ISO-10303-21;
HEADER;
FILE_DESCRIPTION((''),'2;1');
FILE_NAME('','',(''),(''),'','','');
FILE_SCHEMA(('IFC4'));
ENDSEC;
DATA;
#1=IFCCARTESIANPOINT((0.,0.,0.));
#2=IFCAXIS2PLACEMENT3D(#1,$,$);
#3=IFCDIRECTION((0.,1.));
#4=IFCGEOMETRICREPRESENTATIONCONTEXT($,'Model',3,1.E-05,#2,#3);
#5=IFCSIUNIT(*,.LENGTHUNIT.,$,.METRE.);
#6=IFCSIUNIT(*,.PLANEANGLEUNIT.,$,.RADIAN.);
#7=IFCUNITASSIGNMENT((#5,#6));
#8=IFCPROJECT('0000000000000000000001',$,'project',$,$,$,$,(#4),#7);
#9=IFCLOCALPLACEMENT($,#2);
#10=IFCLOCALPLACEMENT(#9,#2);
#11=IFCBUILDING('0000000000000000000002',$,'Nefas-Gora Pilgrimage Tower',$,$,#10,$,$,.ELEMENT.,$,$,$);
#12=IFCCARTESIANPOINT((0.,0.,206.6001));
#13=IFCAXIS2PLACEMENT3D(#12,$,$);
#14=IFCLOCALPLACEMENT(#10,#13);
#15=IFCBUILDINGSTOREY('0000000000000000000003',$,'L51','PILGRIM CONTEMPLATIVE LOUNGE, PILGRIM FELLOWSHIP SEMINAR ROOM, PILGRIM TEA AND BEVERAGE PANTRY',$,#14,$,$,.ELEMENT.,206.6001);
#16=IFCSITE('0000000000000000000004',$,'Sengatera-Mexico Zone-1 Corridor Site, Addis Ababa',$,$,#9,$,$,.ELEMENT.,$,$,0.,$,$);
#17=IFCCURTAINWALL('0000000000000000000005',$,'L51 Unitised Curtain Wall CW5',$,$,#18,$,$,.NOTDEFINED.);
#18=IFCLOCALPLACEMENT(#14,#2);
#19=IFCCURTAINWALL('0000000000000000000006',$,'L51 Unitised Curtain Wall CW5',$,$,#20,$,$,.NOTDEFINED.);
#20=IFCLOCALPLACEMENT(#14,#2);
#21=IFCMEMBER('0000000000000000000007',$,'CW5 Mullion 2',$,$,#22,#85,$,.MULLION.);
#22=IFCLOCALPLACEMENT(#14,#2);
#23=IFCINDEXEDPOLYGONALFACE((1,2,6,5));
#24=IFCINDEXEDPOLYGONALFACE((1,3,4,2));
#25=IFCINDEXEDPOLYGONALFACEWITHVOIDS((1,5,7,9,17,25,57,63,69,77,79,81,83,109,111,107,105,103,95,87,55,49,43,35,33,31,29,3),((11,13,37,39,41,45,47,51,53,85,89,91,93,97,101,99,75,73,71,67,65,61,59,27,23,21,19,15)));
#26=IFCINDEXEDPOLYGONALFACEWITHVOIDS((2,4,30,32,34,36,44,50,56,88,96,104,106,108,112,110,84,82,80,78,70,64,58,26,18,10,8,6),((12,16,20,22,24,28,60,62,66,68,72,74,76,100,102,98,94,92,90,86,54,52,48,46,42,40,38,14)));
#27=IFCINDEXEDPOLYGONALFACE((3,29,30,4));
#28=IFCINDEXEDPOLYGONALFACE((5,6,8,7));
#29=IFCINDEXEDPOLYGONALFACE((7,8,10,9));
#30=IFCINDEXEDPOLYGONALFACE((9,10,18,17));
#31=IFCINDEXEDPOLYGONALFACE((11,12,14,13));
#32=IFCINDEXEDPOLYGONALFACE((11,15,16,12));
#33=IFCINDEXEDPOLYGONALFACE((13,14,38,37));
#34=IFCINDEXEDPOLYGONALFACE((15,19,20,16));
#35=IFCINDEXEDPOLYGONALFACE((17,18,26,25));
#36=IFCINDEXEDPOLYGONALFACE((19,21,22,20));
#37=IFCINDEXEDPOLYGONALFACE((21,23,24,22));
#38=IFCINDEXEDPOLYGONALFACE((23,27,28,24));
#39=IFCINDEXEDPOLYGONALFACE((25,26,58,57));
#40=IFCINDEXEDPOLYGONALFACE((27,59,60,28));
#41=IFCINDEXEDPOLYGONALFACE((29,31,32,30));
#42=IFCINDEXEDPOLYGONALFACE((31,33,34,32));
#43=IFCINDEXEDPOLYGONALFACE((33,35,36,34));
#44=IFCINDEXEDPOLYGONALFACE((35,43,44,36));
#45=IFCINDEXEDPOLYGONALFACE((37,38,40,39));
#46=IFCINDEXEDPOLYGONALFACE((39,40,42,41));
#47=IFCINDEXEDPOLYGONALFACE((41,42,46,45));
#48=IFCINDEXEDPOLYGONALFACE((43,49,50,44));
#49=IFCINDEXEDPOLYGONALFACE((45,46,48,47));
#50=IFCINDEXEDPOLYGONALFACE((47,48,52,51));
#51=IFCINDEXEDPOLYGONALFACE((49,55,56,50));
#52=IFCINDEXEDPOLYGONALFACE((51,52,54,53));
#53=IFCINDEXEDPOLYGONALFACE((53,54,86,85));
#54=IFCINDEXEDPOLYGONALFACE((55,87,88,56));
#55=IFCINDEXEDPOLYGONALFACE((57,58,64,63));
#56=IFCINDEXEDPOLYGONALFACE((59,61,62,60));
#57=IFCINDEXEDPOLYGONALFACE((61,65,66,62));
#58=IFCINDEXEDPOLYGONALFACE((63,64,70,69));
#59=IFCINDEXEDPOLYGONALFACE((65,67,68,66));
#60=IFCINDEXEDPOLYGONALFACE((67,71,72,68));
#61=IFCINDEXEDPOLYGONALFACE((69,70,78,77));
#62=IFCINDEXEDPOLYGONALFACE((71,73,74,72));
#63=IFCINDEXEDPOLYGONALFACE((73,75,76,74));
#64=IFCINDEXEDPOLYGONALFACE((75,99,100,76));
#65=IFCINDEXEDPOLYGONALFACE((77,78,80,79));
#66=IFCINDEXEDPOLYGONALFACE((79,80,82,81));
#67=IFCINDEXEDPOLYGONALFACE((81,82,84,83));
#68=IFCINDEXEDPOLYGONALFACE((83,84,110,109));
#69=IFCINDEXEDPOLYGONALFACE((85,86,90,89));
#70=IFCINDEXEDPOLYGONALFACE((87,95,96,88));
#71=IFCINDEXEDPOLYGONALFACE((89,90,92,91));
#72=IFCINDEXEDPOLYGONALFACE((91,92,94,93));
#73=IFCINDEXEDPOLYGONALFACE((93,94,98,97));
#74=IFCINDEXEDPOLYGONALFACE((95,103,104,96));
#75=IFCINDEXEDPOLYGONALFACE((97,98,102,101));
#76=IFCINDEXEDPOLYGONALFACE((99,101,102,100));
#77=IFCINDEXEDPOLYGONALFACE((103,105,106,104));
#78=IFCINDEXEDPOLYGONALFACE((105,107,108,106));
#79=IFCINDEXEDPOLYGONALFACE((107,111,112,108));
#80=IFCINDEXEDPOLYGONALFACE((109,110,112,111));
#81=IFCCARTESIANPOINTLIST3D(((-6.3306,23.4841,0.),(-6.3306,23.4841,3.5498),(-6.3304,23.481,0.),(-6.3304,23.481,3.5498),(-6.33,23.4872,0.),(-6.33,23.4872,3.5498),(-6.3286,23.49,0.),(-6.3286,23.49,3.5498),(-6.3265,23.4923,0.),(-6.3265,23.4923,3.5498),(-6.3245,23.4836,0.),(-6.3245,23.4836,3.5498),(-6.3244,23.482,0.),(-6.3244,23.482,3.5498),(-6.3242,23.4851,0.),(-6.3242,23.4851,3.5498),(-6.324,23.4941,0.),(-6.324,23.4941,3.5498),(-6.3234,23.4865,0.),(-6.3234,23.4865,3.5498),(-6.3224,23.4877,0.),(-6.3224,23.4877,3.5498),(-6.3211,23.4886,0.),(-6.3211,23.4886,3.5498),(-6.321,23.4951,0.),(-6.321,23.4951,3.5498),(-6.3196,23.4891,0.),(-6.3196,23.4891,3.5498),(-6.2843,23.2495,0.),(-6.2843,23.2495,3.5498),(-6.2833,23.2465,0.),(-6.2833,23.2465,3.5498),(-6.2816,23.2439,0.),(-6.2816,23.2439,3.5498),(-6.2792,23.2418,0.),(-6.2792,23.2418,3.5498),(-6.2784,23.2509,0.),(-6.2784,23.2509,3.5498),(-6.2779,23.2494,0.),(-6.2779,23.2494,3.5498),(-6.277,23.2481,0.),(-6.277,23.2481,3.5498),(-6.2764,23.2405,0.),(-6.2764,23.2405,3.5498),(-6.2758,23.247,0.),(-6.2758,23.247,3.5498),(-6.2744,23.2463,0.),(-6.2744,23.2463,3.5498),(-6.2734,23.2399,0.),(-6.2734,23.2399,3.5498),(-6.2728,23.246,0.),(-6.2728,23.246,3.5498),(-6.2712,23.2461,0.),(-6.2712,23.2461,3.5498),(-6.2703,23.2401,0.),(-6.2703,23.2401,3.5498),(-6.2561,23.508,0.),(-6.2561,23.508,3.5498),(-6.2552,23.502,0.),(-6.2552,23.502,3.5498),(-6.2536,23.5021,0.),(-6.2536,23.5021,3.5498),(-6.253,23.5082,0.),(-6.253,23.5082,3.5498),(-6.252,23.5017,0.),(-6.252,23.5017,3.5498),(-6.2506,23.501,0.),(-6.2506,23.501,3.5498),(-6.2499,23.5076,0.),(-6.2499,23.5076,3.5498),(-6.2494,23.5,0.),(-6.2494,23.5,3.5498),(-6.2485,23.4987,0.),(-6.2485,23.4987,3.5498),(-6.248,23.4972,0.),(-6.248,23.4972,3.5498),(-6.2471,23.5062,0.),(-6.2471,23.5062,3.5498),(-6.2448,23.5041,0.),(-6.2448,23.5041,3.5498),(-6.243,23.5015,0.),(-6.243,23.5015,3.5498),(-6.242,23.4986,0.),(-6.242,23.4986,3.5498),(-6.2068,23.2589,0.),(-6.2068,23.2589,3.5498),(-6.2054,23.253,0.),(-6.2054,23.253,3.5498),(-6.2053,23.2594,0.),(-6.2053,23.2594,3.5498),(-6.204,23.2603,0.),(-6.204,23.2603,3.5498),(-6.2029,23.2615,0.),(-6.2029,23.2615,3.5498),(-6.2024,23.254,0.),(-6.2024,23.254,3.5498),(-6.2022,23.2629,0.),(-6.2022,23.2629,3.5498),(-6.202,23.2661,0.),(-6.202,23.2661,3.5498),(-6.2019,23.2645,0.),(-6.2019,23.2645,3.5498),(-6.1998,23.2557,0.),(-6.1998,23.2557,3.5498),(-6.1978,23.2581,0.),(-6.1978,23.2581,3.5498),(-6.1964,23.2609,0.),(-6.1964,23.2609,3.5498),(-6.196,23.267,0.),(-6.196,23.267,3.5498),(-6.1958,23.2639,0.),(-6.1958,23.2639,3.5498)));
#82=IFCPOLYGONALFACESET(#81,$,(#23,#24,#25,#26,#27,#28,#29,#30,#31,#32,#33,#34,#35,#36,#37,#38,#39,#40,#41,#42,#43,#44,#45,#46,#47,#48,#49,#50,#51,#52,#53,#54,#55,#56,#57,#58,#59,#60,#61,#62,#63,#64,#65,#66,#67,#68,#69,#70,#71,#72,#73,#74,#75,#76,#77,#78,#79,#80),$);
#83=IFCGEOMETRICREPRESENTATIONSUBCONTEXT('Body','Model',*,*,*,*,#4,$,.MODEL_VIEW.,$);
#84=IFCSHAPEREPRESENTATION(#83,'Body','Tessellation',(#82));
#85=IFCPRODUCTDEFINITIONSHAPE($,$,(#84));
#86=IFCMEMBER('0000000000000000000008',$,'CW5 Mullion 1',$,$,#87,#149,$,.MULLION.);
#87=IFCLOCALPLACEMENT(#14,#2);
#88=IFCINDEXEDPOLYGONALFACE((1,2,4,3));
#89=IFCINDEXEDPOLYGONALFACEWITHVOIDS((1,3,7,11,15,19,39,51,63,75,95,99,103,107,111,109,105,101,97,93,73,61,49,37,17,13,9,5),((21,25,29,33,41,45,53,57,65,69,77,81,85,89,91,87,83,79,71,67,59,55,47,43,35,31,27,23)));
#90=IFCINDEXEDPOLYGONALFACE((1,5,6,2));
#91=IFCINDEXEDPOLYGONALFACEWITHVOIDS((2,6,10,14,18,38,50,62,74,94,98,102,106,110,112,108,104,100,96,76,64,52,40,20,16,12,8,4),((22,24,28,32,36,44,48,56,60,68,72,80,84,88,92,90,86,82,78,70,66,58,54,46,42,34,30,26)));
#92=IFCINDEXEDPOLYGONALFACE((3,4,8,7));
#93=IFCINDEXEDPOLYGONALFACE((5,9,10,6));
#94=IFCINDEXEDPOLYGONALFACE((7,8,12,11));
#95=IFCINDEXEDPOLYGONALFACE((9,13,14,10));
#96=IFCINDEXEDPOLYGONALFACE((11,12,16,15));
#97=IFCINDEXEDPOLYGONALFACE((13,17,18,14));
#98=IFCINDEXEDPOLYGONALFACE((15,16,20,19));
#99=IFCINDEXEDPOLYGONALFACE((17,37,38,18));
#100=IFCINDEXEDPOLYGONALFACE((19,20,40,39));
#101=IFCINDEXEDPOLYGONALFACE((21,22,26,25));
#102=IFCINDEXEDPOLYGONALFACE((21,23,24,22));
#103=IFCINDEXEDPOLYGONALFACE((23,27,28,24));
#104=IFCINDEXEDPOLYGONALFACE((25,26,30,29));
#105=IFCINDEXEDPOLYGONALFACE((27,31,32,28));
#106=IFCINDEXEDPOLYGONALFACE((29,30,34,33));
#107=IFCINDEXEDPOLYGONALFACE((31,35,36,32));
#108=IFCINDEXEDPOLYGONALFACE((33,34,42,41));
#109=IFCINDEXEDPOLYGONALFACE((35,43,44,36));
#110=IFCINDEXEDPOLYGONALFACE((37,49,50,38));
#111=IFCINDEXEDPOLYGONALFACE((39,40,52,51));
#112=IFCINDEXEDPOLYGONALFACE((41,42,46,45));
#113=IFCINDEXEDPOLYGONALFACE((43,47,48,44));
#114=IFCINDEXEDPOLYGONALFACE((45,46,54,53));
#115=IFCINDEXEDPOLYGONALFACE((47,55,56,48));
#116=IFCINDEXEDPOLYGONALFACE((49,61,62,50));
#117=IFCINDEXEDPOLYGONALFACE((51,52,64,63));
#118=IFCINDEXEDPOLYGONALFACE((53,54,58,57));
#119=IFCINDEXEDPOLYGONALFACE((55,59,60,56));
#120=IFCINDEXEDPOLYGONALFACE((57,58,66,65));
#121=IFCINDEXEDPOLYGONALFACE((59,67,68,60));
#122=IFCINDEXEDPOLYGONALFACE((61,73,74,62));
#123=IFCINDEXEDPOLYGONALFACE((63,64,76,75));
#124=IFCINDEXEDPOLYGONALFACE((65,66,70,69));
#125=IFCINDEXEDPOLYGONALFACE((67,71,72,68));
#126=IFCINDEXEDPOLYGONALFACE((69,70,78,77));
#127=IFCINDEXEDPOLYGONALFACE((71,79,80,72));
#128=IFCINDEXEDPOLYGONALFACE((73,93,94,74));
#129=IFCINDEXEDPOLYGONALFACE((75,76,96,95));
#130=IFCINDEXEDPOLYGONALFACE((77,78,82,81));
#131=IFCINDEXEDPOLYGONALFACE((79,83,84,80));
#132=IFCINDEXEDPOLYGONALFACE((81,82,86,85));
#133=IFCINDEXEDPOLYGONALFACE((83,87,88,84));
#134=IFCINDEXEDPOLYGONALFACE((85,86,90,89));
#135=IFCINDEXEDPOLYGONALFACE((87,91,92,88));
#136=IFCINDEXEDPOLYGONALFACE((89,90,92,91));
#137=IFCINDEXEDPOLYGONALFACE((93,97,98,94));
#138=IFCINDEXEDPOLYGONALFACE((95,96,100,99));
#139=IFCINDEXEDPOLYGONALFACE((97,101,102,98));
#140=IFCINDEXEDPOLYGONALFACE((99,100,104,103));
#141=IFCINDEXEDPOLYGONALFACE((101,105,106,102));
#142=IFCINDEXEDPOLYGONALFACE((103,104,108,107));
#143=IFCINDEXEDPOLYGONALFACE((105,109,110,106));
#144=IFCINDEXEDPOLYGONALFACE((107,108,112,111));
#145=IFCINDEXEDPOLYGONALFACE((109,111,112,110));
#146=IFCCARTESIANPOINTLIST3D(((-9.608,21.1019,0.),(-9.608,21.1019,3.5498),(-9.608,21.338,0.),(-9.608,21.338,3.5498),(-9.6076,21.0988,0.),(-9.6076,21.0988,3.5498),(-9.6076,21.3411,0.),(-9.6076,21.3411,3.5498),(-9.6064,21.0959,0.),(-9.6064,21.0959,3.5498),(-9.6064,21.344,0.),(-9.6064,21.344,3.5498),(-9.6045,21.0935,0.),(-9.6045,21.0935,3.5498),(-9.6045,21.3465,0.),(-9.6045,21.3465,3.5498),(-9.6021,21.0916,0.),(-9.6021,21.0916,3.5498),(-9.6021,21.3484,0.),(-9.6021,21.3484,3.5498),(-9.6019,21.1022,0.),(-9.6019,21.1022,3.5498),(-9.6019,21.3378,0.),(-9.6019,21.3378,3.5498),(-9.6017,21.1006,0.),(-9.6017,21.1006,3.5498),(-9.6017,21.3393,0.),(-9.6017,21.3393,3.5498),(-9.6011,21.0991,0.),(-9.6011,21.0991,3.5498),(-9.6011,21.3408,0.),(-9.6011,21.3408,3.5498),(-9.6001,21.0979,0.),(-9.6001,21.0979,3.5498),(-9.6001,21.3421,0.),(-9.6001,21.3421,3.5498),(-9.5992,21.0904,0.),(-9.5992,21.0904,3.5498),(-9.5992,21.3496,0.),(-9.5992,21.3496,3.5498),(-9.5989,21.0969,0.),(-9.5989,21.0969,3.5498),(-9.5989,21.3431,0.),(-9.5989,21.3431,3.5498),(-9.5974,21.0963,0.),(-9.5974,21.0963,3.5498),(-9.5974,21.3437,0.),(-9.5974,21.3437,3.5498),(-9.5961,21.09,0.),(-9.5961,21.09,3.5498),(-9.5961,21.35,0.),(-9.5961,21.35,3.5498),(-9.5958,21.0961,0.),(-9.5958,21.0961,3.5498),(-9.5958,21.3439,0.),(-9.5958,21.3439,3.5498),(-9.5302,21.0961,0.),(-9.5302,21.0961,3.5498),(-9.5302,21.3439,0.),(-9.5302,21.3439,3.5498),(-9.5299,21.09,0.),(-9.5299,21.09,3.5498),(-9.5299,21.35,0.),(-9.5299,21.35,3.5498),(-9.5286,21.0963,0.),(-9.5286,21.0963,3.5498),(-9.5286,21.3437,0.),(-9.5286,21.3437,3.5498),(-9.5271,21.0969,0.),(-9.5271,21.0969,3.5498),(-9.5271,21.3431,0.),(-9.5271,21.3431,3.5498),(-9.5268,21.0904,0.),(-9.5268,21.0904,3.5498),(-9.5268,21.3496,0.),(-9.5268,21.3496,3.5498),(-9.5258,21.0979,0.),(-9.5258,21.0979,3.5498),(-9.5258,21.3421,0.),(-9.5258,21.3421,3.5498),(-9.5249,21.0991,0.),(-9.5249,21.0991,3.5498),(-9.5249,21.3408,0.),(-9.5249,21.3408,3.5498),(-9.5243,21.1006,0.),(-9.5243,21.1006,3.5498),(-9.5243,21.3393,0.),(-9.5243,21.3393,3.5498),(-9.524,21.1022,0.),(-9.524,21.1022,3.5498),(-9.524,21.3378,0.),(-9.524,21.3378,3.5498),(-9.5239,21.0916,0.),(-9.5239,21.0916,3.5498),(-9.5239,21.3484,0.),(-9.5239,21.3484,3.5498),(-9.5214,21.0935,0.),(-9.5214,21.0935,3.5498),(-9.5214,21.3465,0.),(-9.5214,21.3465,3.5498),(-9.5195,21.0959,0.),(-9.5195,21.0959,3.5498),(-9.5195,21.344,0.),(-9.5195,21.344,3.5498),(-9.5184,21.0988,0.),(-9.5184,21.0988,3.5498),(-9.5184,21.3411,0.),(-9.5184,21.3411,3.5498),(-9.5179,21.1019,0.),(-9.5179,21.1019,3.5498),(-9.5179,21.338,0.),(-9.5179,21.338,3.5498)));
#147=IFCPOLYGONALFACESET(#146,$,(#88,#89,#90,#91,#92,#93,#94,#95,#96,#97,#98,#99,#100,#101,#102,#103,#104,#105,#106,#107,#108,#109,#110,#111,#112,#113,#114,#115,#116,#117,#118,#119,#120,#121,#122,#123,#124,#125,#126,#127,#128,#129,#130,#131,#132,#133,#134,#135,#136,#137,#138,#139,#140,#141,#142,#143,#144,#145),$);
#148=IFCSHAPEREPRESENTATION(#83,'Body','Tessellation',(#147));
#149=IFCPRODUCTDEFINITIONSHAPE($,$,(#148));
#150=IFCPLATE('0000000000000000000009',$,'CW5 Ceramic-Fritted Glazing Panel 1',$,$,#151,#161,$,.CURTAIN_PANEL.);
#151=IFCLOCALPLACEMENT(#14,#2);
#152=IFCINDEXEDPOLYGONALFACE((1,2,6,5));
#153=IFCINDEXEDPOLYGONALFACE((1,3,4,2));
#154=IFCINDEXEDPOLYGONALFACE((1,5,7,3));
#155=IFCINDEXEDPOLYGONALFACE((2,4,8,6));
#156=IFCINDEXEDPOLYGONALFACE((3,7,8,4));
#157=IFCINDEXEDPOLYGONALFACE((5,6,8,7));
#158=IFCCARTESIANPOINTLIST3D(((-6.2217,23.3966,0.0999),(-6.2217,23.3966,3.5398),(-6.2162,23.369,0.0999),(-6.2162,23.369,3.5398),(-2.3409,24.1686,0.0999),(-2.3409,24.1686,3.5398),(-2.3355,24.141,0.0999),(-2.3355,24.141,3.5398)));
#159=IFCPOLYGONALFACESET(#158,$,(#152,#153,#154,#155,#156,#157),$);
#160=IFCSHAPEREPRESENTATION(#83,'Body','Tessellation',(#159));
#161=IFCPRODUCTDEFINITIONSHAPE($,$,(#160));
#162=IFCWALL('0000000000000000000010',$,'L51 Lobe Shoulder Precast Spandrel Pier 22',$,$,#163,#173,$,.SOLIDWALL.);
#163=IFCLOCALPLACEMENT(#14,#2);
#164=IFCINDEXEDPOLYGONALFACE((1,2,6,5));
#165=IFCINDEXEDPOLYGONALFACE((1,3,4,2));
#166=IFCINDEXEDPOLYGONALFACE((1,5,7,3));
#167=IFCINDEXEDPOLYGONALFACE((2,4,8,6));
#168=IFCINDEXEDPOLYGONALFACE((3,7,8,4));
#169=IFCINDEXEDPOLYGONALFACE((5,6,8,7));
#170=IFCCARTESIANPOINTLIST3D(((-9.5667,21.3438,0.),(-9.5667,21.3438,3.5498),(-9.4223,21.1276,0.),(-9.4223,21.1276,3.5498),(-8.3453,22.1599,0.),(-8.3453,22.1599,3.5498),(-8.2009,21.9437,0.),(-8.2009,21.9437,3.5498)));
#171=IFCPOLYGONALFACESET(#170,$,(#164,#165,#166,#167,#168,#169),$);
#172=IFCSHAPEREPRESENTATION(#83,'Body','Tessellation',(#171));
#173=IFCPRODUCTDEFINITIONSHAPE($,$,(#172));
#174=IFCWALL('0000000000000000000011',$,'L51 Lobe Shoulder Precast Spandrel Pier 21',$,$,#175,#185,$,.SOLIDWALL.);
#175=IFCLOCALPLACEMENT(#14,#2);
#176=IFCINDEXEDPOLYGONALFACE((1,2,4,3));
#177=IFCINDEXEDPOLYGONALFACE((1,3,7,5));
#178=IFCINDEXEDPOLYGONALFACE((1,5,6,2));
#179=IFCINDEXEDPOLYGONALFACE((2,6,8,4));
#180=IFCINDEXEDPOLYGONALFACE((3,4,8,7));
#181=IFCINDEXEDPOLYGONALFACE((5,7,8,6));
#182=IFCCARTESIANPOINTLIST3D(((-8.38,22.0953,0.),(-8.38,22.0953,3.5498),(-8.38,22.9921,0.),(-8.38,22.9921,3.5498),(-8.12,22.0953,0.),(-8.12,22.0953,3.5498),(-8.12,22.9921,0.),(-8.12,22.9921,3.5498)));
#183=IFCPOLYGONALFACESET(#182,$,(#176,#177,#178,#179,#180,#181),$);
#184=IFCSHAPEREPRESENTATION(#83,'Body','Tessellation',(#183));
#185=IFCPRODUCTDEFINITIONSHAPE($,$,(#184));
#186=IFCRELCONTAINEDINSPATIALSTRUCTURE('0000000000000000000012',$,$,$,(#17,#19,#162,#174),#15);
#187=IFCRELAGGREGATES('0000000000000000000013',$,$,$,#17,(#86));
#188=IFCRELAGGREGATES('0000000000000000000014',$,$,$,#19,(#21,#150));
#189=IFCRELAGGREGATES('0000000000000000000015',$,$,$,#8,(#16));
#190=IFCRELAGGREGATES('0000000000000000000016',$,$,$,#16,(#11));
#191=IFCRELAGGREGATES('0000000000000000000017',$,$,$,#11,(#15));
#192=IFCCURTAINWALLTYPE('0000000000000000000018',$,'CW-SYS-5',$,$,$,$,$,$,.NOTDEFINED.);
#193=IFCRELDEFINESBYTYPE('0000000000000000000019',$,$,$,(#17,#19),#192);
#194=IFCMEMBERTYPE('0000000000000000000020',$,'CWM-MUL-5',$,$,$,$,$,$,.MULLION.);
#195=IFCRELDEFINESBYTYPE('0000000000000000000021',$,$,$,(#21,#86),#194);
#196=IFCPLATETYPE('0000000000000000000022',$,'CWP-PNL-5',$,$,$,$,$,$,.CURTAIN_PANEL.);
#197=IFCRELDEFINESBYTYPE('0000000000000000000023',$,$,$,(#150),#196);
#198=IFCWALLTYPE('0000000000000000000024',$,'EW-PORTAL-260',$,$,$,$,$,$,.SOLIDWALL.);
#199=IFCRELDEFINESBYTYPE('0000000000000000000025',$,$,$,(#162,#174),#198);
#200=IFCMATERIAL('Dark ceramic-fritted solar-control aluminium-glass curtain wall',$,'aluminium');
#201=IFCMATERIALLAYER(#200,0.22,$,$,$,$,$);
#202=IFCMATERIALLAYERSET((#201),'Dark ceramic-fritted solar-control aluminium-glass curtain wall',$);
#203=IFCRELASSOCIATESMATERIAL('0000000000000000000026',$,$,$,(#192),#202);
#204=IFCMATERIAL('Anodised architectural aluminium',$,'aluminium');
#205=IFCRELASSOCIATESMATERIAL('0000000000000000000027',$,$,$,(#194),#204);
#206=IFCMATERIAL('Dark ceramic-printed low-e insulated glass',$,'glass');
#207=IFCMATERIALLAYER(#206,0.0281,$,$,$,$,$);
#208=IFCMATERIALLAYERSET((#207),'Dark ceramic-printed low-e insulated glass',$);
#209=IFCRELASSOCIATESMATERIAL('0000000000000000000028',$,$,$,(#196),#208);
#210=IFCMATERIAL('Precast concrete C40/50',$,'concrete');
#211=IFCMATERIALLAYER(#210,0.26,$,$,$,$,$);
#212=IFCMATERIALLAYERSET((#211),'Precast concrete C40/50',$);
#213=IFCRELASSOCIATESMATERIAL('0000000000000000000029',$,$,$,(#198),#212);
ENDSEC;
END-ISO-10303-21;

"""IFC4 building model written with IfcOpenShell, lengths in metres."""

from ifc_helpers import new_model, si_unit, direction, frame, frame_2d, origin, origin_2d, place, context, subcontext, project, spatial, rectangle, hollow_rectangle, extrude, source, transform, mapped, material, layer, layer_set, material_profile, profile_set, type_object, element, aggregate, save


model = new_model("IFC4")

# Units and contexts
model_context = context("Model", 3, precision=1e-05, world=origin(), true_north=direction((0.0, 1.0)))
body_context = subcontext(model_context, "Body", "Model", "MODEL_VIEW")
ifc_project = project(units=[si_unit("LENGTHUNIT", "METRE"), si_unit("PLANEANGLEUNIT", "RADIAN")], contexts=[model_context])

# Site, building, storey
site_placement = place(None, origin())
site = spatial("IfcSite", under=ifc_project, at=site_placement, Name="Sengatera-Mexico Zone-1 Corridor Site, Addis Ababa", CompositionType="ELEMENT", RefElevation=0.0)
building_placement = place(site_placement, origin())
building = spatial("IfcBuilding", under=site, at=building_placement, Name="Nefas-Gora Pilgrimage Tower", CompositionType="ELEMENT")
storey_placement = place(building_placement, frame((0.0, 0.0, 206.6001)))
storey = spatial("IfcBuildingStorey", under=building, at=storey_placement, Name="L51", Description="PILGRIM CONTEMPLATIVE LOUNGE, PILGRIM FELLOWSHIP SEMINAR ROOM, PILGRIM TEA AND BEVERAGE PANTRY", CompositionType="ELEMENT", Elevation=206.6001)

# Curtain walls
ifc_material_1 = material(Name="Dark ceramic-fritted solar-control aluminium-glass curtain wall", Category="aluminium")
ifc_layer_1 = layer(ifc_material_1, 0.22)
ifc_layer_set_1 = layer_set([ifc_layer_1], Name="Dark ceramic-fritted solar-control aluminium-glass curtain wall")
curtain_wall_type = type_object("IfcCurtainWallType", Name="CW-SYS-5", PredefinedType="NOTDEFINED", material=ifc_layer_set_1)
curtain_wall_1_placement = place(storey_placement, origin())
curtain_wall_1 = element("IfcCurtainWall", 1, at=curtain_wall_1_placement, inside=storey, type_object=curtain_wall_type, Name="L51 Unitised Curtain Wall CW5", PredefinedType="NOTDEFINED")
ifc_material_2 = material(Name="Anodised architectural aluminium", Category="aluminium")
curtain_wall_2_placement = place(storey_placement, origin())
curtain_wall_2 = element("IfcCurtainWall", 2, at=curtain_wall_2_placement, inside=storey, type_object=curtain_wall_type, Name="L51 Unitised Curtain Wall CW5", PredefinedType="NOTDEFINED")
ifc_material_profile_1 = material_profile(ifc_material_2, hollow_rectangle(XDim=0.0901, YDim=0.26, WallThickness=0.0061, InnerFilletRadius=0.0061, OuterFilletRadius=0.012, at=origin_2d()), Name="ALU MULLION 90x260")
ifc_profile_set_1 = profile_set([ifc_material_profile_1], Name="Anodised architectural aluminium")
member_type_1 = type_object("IfcMemberType", Name="CWM-MUL-5", PredefinedType="MULLION", material=ifc_profile_set_1)
shared_shape_1 = source(origin(), body_context, "Body", "SweptSolid", [
    extrude(hollow_rectangle(XDim=0.0901, YDim=0.26, WallThickness=0.0061, InnerFilletRadius=0.0061, OuterFilletRadius=0.012, at=origin_2d()), origin(), (0.0, 0.0, 1.0), 3.5498),
])

# Members
member_1_placement = place(storey_placement, frame((-6.2632, 23.374, 0.0), z_axis=(0.0, 0.0, 1.0), x_axis=(-0.980783, -0.195102, 0.0)))
member_1 = element("IfcMember", 3, at=member_1_placement, type_object=member_type_1, Name="CW5 Mullion 2", PredefinedType="MULLION", context=body_context, shape_type="MappedRepresentation", body=[
    mapped(shared_shape_1, transform((0.0, 0.0, 0.0), x_axis=(1.0, 0.0, 0.0), y_axis=(0.0, 1.0, 0.0), z_axis=(0.0, 0.0, 1.0), scale=1.0)),
])
member_2_placement = place(storey_placement, frame((-9.563, 21.22, 0.0), z_axis=(0.0, 0.0, 1.0), x_axis=(-1.0, 0.0, 0.0)))
member_2 = element("IfcMember", 4, at=member_2_placement, type_object=member_type_1, Name="CW5 Mullion 1", PredefinedType="MULLION", context=body_context, shape_type="MappedRepresentation", body=[
    mapped(shared_shape_1, transform((0.0, 0.0, 0.0), x_axis=(1.0, 0.0, 0.0), y_axis=(0.0, 1.0, 0.0), z_axis=(0.0, 0.0, 1.0), scale=1.0)),
])
aggregate(curtain_wall_1, [member_2])

# Plate
ifc_material_3 = material(Name="Dark ceramic-printed low-e insulated glass", Category="glass")
ifc_layer_2 = layer(ifc_material_3, 0.0281)
ifc_layer_set_2 = layer_set([ifc_layer_2], Name="Dark ceramic-printed low-e insulated glass")
plate_type = type_object("IfcPlateType", Name="CWP-PNL-5", PredefinedType="CURTAIN_PANEL", material=ifc_layer_set_2)
shared_shape_2 = source(origin(), body_context, "Body", "SweptSolid", [
    extrude(rectangle(XDim=3.9568, YDim=0.0281, at=origin_2d()), origin(), (0.0, 0.0, 1.0), 3.4399),
])
plate_placement = place(storey_placement, frame((-4.2786, 23.7688, 0.0999), z_axis=(0.0, 0.0, 1.0), x_axis=(-0.980783, -0.195102, 0.0)))
plate = element("IfcPlate", 5, at=plate_placement, type_object=plate_type, Name="CW5 Ceramic-Fritted Glazing Panel 1", PredefinedType="CURTAIN_PANEL", context=body_context, shape_type="MappedRepresentation", body=[
    mapped(shared_shape_2, transform((0.0, 0.0, 0.0), x_axis=(1.0, 0.0, 0.0), y_axis=(0.0, 1.0, 0.0), z_axis=(0.0, 0.0, 1.0), scale=1.0)),
])
aggregate(curtain_wall_2, [member_1, plate])

# Walls
ifc_material_4 = material(Name="Precast concrete C40/50", Category="concrete")
ifc_layer_3 = layer(ifc_material_4, 0.26)
ifc_layer_set_3 = layer_set([ifc_layer_3], Name="Precast concrete C40/50")
wall_type_1 = type_object("IfcWallType", Name="EW-PORTAL-260", PredefinedType="SOLIDWALL", material=ifc_layer_set_3)
shared_shape_3 = source(origin(), body_context, "Body", "SweptSolid", [
    extrude(rectangle(XDim=1.469, YDim=0.26, at=frame_2d((0.7344, 0.0))), origin(), (0.0, 0.0, 1.0), 3.5498),
])
wall_1_placement = place(storey_placement, frame((-8.2732, 22.0518, 0.0), z_axis=(0.0, 0.0, 1.0), x_axis=(-0.831462, -0.555582, 0.0)))
element("IfcWall", 6, at=wall_1_placement, inside=storey, type_object=wall_type_1, Name="L51 Lobe Shoulder Precast Spandrel Pier 22", PredefinedType="SOLIDWALL", context=body_context, shape_type="MappedRepresentation", body=[
    mapped(shared_shape_3, transform((0.0, 0.0, 0.0), x_axis=(1.0, 0.0, 0.0), y_axis=(0.0, 1.0, 0.0), z_axis=(0.0, 0.0, 1.0), scale=1.0)),
])
shared_shape_4 = source(origin(), body_context, "Body", "SweptSolid", [
    extrude(rectangle(XDim=0.8967, YDim=0.26, at=frame_2d((0.4482, 0.0))), origin(), (0.0, 0.0, 1.0), 3.5498),
])
wall_2_placement = place(storey_placement, frame((-8.25, 22.9919, 0.0), z_axis=(0.0, 0.0, 1.0), x_axis=(0.0, -1.0, 0.0)))
element("IfcWall", 7, at=wall_2_placement, inside=storey, type_object=wall_type_1, Name="L51 Lobe Shoulder Precast Spandrel Pier 21", PredefinedType="SOLIDWALL", context=body_context, shape_type="MappedRepresentation", body=[
    mapped(shared_shape_4, transform((0.0, 0.0, 0.0), x_axis=(1.0, 0.0, 0.0), y_axis=(0.0, 1.0, 0.0), z_axis=(0.0, 0.0, 1.0), scale=1.0)),
])

save(model, "model.ifc")
